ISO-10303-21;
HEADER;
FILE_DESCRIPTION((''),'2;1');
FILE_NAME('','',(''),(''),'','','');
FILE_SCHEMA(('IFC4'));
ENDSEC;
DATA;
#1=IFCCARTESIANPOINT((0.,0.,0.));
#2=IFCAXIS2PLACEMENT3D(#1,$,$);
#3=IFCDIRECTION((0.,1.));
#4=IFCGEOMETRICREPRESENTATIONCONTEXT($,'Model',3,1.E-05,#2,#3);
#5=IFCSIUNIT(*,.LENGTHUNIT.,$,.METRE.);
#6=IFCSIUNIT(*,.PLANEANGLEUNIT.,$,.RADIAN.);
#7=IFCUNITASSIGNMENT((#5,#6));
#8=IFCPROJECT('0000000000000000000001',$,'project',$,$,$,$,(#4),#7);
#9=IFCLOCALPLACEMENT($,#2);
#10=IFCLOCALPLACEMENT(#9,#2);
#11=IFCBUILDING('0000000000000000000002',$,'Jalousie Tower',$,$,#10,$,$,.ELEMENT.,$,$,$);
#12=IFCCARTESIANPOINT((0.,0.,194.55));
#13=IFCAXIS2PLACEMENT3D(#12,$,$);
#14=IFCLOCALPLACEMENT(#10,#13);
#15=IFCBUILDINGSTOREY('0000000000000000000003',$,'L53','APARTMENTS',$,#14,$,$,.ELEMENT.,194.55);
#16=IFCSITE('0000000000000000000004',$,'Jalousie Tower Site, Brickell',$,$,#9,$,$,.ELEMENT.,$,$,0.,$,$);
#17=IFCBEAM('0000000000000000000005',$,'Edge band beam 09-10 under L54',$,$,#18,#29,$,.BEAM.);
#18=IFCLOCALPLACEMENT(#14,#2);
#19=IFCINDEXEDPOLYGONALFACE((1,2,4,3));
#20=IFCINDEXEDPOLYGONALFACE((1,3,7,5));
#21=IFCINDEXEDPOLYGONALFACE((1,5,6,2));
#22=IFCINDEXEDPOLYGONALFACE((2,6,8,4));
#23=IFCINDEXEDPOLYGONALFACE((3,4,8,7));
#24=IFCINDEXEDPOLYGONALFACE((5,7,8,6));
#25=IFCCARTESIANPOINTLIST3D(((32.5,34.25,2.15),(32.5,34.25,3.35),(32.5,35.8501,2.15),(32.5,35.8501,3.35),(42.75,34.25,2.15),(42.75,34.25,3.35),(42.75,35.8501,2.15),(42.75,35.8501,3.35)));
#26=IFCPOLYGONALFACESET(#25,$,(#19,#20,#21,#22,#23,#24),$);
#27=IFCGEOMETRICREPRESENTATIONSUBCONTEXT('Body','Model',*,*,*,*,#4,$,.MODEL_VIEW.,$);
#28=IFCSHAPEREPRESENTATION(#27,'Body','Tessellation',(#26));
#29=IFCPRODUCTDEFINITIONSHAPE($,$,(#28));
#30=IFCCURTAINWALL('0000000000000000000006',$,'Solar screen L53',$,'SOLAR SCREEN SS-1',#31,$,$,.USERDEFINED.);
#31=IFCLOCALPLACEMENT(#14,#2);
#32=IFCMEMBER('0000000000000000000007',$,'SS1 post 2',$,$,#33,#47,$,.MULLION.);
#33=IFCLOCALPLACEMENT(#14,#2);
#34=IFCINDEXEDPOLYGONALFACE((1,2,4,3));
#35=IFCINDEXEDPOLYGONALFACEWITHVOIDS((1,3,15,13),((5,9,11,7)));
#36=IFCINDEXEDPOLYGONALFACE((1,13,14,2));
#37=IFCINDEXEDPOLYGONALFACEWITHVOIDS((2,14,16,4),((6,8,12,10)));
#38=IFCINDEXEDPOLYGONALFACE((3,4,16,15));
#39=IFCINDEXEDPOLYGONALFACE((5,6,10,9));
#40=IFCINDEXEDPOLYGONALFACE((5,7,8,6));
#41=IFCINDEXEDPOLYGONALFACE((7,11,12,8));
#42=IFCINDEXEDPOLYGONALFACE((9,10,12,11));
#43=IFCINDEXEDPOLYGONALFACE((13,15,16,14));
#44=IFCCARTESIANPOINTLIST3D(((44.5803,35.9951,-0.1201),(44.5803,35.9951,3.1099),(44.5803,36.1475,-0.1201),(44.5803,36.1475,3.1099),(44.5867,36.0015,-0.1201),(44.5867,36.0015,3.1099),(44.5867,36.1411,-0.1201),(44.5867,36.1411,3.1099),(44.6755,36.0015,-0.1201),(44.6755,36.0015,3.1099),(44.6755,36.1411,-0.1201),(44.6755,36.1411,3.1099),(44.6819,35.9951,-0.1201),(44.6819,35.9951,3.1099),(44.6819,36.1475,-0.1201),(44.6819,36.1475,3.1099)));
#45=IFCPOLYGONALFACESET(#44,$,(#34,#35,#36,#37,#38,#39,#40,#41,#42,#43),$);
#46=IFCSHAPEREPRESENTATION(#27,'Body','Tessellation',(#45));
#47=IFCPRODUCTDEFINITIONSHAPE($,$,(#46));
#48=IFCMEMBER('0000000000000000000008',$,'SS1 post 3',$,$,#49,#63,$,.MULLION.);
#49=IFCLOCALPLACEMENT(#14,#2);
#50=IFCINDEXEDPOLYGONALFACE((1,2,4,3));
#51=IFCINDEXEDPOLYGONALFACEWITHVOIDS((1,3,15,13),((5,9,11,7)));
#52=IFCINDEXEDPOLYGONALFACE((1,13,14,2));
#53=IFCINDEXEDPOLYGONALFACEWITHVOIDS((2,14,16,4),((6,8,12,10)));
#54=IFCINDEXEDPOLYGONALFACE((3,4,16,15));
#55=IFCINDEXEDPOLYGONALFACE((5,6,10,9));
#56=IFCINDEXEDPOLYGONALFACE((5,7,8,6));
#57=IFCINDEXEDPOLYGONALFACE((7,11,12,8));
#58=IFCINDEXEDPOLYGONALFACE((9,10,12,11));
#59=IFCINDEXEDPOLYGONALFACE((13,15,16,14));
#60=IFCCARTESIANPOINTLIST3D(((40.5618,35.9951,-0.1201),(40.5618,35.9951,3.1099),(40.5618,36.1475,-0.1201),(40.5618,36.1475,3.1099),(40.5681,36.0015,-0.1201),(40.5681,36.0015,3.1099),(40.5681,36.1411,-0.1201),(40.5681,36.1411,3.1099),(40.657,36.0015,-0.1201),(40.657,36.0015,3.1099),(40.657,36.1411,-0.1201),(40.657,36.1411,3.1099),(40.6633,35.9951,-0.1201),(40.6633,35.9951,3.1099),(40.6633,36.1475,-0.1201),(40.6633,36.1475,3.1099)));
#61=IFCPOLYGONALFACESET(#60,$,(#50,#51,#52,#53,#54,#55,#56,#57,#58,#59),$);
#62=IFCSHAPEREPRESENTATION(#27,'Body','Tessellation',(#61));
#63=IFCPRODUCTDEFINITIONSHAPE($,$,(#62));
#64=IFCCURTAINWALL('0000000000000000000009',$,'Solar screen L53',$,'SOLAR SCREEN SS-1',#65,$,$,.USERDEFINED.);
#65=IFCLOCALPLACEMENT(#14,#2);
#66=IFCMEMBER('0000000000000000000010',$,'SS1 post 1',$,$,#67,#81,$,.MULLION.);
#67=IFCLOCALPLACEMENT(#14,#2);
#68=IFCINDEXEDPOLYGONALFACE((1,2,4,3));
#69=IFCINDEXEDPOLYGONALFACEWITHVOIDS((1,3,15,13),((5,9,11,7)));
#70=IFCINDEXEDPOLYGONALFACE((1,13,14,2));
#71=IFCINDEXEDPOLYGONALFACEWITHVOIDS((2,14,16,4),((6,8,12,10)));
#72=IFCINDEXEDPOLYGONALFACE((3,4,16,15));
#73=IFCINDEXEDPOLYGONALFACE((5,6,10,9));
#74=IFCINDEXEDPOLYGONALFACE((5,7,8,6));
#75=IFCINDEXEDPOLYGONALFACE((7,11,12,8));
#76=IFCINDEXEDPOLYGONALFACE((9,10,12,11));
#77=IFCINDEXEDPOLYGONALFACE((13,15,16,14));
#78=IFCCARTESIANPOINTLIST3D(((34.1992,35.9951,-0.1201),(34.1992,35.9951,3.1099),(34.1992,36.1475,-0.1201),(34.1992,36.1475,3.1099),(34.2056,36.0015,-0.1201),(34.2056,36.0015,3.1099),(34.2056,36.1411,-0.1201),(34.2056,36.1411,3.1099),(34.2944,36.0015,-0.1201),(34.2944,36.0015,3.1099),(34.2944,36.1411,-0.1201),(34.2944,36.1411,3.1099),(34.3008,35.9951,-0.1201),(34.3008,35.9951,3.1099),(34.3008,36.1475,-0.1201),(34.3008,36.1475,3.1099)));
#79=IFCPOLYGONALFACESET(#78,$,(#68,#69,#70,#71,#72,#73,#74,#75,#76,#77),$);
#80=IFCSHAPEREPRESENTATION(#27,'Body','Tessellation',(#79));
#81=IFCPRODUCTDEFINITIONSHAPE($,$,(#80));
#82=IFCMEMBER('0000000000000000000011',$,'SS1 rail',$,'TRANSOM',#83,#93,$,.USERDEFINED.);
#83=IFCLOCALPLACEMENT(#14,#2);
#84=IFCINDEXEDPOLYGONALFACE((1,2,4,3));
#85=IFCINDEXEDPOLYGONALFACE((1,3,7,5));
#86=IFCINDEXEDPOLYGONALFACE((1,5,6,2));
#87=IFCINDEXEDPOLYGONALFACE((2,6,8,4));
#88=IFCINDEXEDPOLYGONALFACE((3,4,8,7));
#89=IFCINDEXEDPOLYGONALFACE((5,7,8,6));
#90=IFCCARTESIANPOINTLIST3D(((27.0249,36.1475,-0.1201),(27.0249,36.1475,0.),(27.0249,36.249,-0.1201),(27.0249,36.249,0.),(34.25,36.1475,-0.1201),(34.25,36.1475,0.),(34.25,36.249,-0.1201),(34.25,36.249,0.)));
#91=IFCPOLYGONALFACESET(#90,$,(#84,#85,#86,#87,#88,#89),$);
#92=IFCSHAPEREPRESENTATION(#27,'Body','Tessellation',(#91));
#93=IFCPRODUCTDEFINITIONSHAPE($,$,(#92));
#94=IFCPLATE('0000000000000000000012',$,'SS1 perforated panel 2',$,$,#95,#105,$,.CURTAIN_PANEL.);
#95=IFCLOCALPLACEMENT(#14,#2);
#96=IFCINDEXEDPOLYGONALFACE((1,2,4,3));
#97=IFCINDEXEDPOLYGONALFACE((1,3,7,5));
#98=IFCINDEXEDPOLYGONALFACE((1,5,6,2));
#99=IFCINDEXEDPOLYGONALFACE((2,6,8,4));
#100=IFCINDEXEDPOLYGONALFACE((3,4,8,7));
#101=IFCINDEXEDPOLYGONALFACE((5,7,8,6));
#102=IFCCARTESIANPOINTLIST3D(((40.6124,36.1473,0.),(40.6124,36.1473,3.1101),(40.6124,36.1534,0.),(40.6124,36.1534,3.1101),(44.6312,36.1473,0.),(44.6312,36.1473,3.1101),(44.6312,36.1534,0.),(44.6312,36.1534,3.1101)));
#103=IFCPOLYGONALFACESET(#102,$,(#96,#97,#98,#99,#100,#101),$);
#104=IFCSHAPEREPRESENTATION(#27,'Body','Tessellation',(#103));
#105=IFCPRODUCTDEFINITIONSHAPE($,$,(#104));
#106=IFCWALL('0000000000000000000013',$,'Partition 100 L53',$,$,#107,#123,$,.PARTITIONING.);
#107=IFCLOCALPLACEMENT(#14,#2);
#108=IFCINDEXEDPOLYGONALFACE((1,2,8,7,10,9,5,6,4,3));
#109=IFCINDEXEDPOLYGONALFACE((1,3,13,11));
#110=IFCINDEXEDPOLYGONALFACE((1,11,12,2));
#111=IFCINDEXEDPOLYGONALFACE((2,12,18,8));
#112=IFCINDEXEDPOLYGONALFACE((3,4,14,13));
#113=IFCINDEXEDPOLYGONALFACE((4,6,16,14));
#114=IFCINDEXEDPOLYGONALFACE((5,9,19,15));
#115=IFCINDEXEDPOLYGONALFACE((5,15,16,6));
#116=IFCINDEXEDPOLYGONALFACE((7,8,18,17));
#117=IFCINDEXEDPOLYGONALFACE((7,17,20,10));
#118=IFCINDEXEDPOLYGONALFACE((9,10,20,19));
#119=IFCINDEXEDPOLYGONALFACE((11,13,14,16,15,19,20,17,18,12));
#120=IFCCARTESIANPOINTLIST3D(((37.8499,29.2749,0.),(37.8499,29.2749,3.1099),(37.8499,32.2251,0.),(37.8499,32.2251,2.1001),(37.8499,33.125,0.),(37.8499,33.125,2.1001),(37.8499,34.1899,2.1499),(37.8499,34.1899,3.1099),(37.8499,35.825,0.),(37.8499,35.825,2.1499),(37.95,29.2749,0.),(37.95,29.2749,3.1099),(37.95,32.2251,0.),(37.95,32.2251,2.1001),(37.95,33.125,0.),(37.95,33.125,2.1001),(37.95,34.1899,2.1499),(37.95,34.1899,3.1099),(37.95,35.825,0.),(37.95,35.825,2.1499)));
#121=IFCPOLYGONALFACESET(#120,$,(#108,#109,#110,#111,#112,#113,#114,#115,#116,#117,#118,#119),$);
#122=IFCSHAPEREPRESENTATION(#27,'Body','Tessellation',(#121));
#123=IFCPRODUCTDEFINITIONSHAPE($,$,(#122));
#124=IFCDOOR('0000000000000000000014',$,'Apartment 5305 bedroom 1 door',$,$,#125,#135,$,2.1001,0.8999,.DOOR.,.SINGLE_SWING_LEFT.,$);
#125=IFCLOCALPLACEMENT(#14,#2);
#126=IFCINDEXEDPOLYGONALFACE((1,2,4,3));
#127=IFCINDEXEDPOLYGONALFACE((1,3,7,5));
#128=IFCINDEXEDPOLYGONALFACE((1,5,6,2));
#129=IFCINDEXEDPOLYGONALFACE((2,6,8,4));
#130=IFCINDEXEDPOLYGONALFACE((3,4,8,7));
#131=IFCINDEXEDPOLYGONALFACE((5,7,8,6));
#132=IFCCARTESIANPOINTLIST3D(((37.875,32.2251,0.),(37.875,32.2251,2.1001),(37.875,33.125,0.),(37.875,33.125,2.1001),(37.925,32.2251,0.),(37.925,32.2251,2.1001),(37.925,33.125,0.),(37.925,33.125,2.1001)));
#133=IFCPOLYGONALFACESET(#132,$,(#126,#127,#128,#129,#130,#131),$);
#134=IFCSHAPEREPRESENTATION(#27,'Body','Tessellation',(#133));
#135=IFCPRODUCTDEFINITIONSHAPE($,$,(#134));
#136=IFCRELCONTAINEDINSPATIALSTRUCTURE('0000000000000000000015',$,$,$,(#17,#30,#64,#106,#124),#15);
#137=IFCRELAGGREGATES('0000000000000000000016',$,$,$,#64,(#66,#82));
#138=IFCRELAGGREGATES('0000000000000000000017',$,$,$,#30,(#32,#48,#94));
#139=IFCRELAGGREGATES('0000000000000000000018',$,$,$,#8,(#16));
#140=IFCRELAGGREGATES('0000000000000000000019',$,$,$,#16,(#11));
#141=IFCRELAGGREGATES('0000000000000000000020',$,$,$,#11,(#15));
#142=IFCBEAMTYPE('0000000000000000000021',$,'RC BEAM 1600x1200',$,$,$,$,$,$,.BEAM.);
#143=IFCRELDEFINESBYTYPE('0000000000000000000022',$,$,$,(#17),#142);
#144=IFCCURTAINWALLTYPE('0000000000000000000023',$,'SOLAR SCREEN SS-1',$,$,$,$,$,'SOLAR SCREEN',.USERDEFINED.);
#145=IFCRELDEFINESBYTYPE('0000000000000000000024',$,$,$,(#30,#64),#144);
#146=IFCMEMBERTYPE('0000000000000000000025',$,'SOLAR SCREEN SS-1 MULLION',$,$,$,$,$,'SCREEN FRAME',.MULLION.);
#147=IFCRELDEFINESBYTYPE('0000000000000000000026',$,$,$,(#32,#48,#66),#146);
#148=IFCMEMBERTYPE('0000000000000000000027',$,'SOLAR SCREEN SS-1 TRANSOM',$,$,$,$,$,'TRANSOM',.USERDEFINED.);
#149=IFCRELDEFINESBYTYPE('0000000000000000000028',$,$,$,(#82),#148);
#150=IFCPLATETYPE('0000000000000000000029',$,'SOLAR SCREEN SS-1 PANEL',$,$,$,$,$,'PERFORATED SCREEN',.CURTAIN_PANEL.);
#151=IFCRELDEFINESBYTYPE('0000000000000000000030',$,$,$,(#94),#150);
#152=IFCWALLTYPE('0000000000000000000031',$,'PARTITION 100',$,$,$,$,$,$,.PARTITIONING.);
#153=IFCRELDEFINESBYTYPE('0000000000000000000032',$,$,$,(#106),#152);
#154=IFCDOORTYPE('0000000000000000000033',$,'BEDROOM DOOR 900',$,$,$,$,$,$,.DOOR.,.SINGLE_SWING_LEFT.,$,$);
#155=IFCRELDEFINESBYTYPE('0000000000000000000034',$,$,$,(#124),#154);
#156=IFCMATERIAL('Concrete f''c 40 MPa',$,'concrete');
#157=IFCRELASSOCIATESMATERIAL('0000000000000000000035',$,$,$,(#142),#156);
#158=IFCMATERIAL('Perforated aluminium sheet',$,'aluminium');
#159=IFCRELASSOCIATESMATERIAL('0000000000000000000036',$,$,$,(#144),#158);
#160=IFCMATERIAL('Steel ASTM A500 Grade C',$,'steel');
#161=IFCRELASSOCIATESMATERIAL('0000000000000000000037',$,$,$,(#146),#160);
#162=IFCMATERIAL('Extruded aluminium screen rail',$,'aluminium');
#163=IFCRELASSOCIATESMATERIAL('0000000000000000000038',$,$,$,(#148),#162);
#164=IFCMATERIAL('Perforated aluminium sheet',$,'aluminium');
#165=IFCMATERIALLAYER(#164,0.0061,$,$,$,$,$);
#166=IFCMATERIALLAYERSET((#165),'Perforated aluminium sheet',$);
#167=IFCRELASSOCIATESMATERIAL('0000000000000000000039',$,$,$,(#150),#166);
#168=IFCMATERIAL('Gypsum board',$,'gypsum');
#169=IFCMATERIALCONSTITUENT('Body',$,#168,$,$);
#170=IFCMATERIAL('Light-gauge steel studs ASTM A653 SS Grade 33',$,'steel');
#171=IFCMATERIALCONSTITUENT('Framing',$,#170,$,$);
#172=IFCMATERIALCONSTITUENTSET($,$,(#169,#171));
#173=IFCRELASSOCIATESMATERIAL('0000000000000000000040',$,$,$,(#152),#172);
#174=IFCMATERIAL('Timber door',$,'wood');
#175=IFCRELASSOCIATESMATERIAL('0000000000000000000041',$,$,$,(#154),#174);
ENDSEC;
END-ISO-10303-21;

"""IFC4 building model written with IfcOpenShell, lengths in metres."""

from ifc_helpers import new_model, si_unit, direction, frame, frame_2d, origin, origin_2d, place, context, subcontext, project, spatial, polyline, rectangle, hollow_rectangle, outline, extrude, material, layer, layer_set, constituent, constituent_set, material_profile, profile_set, type_object, element, fill, aggregate, save


model = new_model("IFC4")

# Units and contexts
model_context = context("Model", 3, precision=1e-05, world=origin(), true_north=direction((0.0, 1.0)))
body_context = subcontext(model_context, "Body", "Model", "MODEL_VIEW")
ifc_project = project(units=[si_unit("LENGTHUNIT", "METRE"), si_unit("PLANEANGLEUNIT", "RADIAN")], contexts=[model_context])

# Site, building, storey
site_placement = place(None, origin())
site = spatial("IfcSite", under=ifc_project, at=site_placement, Name="Jalousie Tower Site, Brickell", CompositionType="ELEMENT", RefElevation=0.0)
building_placement = place(site_placement, origin())
building = spatial("IfcBuilding", under=site, at=building_placement, Name="Jalousie Tower", CompositionType="ELEMENT")
storey_placement = place(building_placement, frame((0.0, 0.0, 194.55)))
storey = spatial("IfcBuildingStorey", under=building, at=storey_placement, Name="L53", Description="APARTMENTS", CompositionType="ELEMENT", Elevation=194.55)

# Beam
ifc_material_1 = material(Name="Concrete f'c 40 MPa", Category="concrete")
ifc_material_profile_1 = material_profile(ifc_material_1, rectangle(XDim=1.6001, YDim=1.2, at=origin_2d()), Name="RC 1600x1200")
ifc_profile_set_1 = profile_set([ifc_material_profile_1], Name="Concrete f'c 40 MPa")
beam_type_1 = type_object("IfcBeamType", Name="RC BEAM 1600x1200", PredefinedType="BEAM", material=ifc_profile_set_1)
beam_placement = place(storey_placement, frame((42.75, 35.05, 2.75), z_axis=(-1.0, 0.0, 0.0), x_axis=(0.0, -1.0, 0.0)))
element("IfcBeam", 1, at=beam_placement, inside=storey, type_object=beam_type_1, Name="Edge band beam 09-10 under L54", PredefinedType="BEAM", context=body_context, shape_type="SweptSolid", body=[
    extrude(rectangle(XDim=1.6001, YDim=1.2, at=origin_2d()), origin(), (0.0, 0.0, 1.0), 10.25),
])

# Curtain walls, members
ifc_material_2 = material(Name="Perforated aluminium sheet", Category="aluminium")
curtain_wall_type = type_object("IfcCurtainWallType", Name="SOLAR SCREEN SS-1", ElementType="SOLAR SCREEN", PredefinedType="USERDEFINED", material=ifc_material_2)
curtain_wall_1_placement = place(storey_placement, origin())
curtain_wall_1 = element("IfcCurtainWall", 2, at=curtain_wall_1_placement, inside=storey, type_object=curtain_wall_type, Name="Solar screen L53", ObjectType="SOLAR SCREEN SS-1", PredefinedType="USERDEFINED")
ifc_material_3 = material(Name="Steel ASTM A500 Grade C", Category="steel")
ifc_material_profile_2 = material_profile(ifc_material_3, hollow_rectangle(XDim=0.1016, YDim=0.1523, WallThickness=0.0063, at=origin_2d()), Name="HSS6X4X1/4")
ifc_profile_set_2 = profile_set([ifc_material_profile_2], Name="Steel ASTM A500 Grade C")
member_type_1 = type_object("IfcMemberType", Name="SOLAR SCREEN SS-1 MULLION", ElementType="SCREEN FRAME", PredefinedType="MULLION", material=ifc_profile_set_2)
member_1_placement = place(storey_placement, frame((44.6311, 36.0713, -0.1201), z_axis=(0.0, 0.0, 1.0), x_axis=(-1.0, 0.0, 0.0)))
member_1 = element("IfcMember", 3, at=member_1_placement, type_object=member_type_1, Name="SS1 post 2", PredefinedType="MULLION", context=body_context, shape_type="SweptSolid", body=[
    extrude(hollow_rectangle(XDim=0.1016, YDim=0.1523, WallThickness=0.0063, at=origin_2d()), origin(), (0.0, 0.0, 1.0), 3.23),
])
member_2_placement = place(storey_placement, frame((40.6125, 36.0713, -0.1201), z_axis=(0.0, 0.0, 1.0), x_axis=(-1.0, 0.0, 0.0)))
member_2 = element("IfcMember", 4, at=member_2_placement, type_object=member_type_1, Name="SS1 post 3", PredefinedType="MULLION", context=body_context, shape_type="SweptSolid", body=[
    extrude(hollow_rectangle(XDim=0.1016, YDim=0.1523, WallThickness=0.0063, at=origin_2d()), origin(), (0.0, 0.0, 1.0), 3.23),
])
curtain_wall_2_placement = place(storey_placement, origin())
curtain_wall_2 = element("IfcCurtainWall", 5, at=curtain_wall_2_placement, inside=storey, type_object=curtain_wall_type, Name="Solar screen L53", ObjectType="SOLAR SCREEN SS-1", PredefinedType="USERDEFINED")
member_3_placement = place(storey_placement, frame((34.25, 36.0713, -0.1201), z_axis=(0.0, 0.0, 1.0), x_axis=(-1.0, 0.0, 0.0)))
member_3 = element("IfcMember", 6, at=member_3_placement, type_object=member_type_1, Name="SS1 post 1", PredefinedType="MULLION", context=body_context, shape_type="SweptSolid", body=[
    extrude(hollow_rectangle(XDim=0.1016, YDim=0.1523, WallThickness=0.0063, at=origin_2d()), origin(), (0.0, 0.0, 1.0), 3.23),
])
ifc_material_4 = material(Name="Extruded aluminium screen rail", Category="aluminium")
ifc_material_profile_3 = material_profile(ifc_material_4, rectangle(XDim=0.1016, YDim=0.1201, at=origin_2d()), Name="RAIL 102x120")
ifc_profile_set_3 = profile_set([ifc_material_profile_3], Name="Extruded aluminium screen rail")
member_type_2 = type_object("IfcMemberType", Name="SOLAR SCREEN SS-1 TRANSOM", ElementType="TRANSOM", PredefinedType="USERDEFINED", material=ifc_profile_set_3)
member_4_placement = place(storey_placement, frame((34.25, 36.1982, -0.0601), z_axis=(-1.0, 0.0, 0.0), x_axis=(0.0, -1.0, 0.0)))
member_4 = element("IfcMember", 7, at=member_4_placement, type_object=member_type_2, Name="SS1 rail", ObjectType="TRANSOM", PredefinedType="USERDEFINED", context=body_context, shape_type="SweptSolid", body=[
    extrude(rectangle(XDim=0.1016, YDim=0.1201, at=origin_2d()), origin(), (0.0, 0.0, 1.0), 7.2251),
])
aggregate(curtain_wall_2, [member_3, member_4])

# Plate
ifc_material_5 = material(Name="Perforated aluminium sheet", Category="aluminium")
ifc_layer_1 = layer(ifc_material_5, 0.0061)
ifc_layer_set_1 = layer_set([ifc_layer_1], Name="Perforated aluminium sheet")
plate_type = type_object("IfcPlateType", Name="SOLAR SCREEN SS-1 PANEL", ElementType="PERFORATED SCREEN", PredefinedType="CURTAIN_PANEL", material=ifc_layer_set_1)
plate_placement = place(storey_placement, frame((42.6218, 36.1504, 0.0), z_axis=(0.0, 0.0, 1.0), x_axis=(-1.0, 0.0, 0.0)))
plate = element("IfcPlate", 8, at=plate_placement, type_object=plate_type, Name="SS1 perforated panel 2", PredefinedType="CURTAIN_PANEL", context=body_context, shape_type="SweptSolid", body=[
    extrude(rectangle(XDim=4.0188, YDim=0.0061, at=origin_2d()), origin(), (0.0, 0.0, 1.0), 3.1101),
])
aggregate(curtain_wall_1, [member_1, member_2, plate])

# Wall, opening, door
ifc_material_6 = material(Name="Gypsum board", Category="gypsum")
ifc_constituent_1 = constituent(ifc_material_6, Name="Body")
ifc_material_7 = material(Name="Light-gauge steel studs ASTM A653 SS Grade 33", Category="steel")
ifc_constituent_2 = constituent(ifc_material_7, Name="Framing")
ifc_constituent_set_1 = constituent_set(constituents=[ifc_constituent_1, ifc_constituent_2])
wall_type_1 = type_object("IfcWallType", Name="PARTITION 100", PredefinedType="PARTITIONING", material=ifc_constituent_set_1)
wall_1_placement = place(storey_placement, frame((37.8999, 35.825, 0.0), z_axis=(0.0, 0.0, 1.0), x_axis=(0.0, -1.0, 0.0)))
wall_1 = element("IfcWall", 9, at=wall_1_placement, inside=storey, type_object=wall_type_1, Name="Partition 100 L53", PredefinedType="PARTITIONING", context=body_context, shape_type="SweptSolid", body=[
    extrude(outline(polyline([(0.0, 0.0), (6.55, 0.0), (6.55, 3.1099), (1.635, 3.1099), (1.635, 2.1499), (0.0, 2.1499), (0.0, 3.1099), (0.0, 0.0)])), frame((0.0, 0.05, 0.0), z_axis=(0.0, -1.0, 0.0), x_axis=(1.0, 0.0, 0.0)), (0.0, 0.0, 1.0), 0.1001),
])
opening_1_placement = place(wall_1_placement, frame((2.7, 0.0, 0.0)))
opening_1 = element("IfcOpeningElement", 10, at=opening_1_placement, cuts=wall_1, PredefinedType="OPENING", context=body_context, shape_type="SweptSolid", body=[
    extrude(rectangle(XDim=0.8999, YDim=2.1001, at=frame_2d((0.45, 1.05))), frame((0.0, 0.0601, 0.0), z_axis=(0.0, -1.0, 0.0), x_axis=(1.0, 0.0, 0.0)), (0.0, 0.0, 1.0), 0.1201),
])
ifc_material_8 = material(Name="Timber door", Category="wood")
door_type_1 = type_object("IfcDoorType", Name="BEDROOM DOOR 900", OperationType="SINGLE_SWING_LEFT", PredefinedType="DOOR", material=ifc_material_8)
door_1_placement = place(opening_1_placement, frame((0.8999, 0.0, 0.0), z_axis=(0.0, 0.0, 1.0), x_axis=(-1.0, 0.0, 0.0)))
door_1 = element("IfcDoor", 11, at=door_1_placement, inside=storey, type_object=door_type_1, Name="Apartment 5305 bedroom 1 door", OperationType="SINGLE_SWING_LEFT", OverallHeight=2.1001, OverallWidth=0.8999, PredefinedType="DOOR", context=body_context, shape_type="SweptSolid", body=[
    extrude(rectangle(XDim=0.8999, YDim=2.1001, at=frame_2d((0.45, 1.05))), frame((0.0, 0.0249, 0.0), z_axis=(0.0, -1.0, 0.0), x_axis=(1.0, 0.0, 0.0)), (0.0, 0.0, 1.0), 0.05),
])
fill(opening_1, door_1)

save(model, "model.ifc")
